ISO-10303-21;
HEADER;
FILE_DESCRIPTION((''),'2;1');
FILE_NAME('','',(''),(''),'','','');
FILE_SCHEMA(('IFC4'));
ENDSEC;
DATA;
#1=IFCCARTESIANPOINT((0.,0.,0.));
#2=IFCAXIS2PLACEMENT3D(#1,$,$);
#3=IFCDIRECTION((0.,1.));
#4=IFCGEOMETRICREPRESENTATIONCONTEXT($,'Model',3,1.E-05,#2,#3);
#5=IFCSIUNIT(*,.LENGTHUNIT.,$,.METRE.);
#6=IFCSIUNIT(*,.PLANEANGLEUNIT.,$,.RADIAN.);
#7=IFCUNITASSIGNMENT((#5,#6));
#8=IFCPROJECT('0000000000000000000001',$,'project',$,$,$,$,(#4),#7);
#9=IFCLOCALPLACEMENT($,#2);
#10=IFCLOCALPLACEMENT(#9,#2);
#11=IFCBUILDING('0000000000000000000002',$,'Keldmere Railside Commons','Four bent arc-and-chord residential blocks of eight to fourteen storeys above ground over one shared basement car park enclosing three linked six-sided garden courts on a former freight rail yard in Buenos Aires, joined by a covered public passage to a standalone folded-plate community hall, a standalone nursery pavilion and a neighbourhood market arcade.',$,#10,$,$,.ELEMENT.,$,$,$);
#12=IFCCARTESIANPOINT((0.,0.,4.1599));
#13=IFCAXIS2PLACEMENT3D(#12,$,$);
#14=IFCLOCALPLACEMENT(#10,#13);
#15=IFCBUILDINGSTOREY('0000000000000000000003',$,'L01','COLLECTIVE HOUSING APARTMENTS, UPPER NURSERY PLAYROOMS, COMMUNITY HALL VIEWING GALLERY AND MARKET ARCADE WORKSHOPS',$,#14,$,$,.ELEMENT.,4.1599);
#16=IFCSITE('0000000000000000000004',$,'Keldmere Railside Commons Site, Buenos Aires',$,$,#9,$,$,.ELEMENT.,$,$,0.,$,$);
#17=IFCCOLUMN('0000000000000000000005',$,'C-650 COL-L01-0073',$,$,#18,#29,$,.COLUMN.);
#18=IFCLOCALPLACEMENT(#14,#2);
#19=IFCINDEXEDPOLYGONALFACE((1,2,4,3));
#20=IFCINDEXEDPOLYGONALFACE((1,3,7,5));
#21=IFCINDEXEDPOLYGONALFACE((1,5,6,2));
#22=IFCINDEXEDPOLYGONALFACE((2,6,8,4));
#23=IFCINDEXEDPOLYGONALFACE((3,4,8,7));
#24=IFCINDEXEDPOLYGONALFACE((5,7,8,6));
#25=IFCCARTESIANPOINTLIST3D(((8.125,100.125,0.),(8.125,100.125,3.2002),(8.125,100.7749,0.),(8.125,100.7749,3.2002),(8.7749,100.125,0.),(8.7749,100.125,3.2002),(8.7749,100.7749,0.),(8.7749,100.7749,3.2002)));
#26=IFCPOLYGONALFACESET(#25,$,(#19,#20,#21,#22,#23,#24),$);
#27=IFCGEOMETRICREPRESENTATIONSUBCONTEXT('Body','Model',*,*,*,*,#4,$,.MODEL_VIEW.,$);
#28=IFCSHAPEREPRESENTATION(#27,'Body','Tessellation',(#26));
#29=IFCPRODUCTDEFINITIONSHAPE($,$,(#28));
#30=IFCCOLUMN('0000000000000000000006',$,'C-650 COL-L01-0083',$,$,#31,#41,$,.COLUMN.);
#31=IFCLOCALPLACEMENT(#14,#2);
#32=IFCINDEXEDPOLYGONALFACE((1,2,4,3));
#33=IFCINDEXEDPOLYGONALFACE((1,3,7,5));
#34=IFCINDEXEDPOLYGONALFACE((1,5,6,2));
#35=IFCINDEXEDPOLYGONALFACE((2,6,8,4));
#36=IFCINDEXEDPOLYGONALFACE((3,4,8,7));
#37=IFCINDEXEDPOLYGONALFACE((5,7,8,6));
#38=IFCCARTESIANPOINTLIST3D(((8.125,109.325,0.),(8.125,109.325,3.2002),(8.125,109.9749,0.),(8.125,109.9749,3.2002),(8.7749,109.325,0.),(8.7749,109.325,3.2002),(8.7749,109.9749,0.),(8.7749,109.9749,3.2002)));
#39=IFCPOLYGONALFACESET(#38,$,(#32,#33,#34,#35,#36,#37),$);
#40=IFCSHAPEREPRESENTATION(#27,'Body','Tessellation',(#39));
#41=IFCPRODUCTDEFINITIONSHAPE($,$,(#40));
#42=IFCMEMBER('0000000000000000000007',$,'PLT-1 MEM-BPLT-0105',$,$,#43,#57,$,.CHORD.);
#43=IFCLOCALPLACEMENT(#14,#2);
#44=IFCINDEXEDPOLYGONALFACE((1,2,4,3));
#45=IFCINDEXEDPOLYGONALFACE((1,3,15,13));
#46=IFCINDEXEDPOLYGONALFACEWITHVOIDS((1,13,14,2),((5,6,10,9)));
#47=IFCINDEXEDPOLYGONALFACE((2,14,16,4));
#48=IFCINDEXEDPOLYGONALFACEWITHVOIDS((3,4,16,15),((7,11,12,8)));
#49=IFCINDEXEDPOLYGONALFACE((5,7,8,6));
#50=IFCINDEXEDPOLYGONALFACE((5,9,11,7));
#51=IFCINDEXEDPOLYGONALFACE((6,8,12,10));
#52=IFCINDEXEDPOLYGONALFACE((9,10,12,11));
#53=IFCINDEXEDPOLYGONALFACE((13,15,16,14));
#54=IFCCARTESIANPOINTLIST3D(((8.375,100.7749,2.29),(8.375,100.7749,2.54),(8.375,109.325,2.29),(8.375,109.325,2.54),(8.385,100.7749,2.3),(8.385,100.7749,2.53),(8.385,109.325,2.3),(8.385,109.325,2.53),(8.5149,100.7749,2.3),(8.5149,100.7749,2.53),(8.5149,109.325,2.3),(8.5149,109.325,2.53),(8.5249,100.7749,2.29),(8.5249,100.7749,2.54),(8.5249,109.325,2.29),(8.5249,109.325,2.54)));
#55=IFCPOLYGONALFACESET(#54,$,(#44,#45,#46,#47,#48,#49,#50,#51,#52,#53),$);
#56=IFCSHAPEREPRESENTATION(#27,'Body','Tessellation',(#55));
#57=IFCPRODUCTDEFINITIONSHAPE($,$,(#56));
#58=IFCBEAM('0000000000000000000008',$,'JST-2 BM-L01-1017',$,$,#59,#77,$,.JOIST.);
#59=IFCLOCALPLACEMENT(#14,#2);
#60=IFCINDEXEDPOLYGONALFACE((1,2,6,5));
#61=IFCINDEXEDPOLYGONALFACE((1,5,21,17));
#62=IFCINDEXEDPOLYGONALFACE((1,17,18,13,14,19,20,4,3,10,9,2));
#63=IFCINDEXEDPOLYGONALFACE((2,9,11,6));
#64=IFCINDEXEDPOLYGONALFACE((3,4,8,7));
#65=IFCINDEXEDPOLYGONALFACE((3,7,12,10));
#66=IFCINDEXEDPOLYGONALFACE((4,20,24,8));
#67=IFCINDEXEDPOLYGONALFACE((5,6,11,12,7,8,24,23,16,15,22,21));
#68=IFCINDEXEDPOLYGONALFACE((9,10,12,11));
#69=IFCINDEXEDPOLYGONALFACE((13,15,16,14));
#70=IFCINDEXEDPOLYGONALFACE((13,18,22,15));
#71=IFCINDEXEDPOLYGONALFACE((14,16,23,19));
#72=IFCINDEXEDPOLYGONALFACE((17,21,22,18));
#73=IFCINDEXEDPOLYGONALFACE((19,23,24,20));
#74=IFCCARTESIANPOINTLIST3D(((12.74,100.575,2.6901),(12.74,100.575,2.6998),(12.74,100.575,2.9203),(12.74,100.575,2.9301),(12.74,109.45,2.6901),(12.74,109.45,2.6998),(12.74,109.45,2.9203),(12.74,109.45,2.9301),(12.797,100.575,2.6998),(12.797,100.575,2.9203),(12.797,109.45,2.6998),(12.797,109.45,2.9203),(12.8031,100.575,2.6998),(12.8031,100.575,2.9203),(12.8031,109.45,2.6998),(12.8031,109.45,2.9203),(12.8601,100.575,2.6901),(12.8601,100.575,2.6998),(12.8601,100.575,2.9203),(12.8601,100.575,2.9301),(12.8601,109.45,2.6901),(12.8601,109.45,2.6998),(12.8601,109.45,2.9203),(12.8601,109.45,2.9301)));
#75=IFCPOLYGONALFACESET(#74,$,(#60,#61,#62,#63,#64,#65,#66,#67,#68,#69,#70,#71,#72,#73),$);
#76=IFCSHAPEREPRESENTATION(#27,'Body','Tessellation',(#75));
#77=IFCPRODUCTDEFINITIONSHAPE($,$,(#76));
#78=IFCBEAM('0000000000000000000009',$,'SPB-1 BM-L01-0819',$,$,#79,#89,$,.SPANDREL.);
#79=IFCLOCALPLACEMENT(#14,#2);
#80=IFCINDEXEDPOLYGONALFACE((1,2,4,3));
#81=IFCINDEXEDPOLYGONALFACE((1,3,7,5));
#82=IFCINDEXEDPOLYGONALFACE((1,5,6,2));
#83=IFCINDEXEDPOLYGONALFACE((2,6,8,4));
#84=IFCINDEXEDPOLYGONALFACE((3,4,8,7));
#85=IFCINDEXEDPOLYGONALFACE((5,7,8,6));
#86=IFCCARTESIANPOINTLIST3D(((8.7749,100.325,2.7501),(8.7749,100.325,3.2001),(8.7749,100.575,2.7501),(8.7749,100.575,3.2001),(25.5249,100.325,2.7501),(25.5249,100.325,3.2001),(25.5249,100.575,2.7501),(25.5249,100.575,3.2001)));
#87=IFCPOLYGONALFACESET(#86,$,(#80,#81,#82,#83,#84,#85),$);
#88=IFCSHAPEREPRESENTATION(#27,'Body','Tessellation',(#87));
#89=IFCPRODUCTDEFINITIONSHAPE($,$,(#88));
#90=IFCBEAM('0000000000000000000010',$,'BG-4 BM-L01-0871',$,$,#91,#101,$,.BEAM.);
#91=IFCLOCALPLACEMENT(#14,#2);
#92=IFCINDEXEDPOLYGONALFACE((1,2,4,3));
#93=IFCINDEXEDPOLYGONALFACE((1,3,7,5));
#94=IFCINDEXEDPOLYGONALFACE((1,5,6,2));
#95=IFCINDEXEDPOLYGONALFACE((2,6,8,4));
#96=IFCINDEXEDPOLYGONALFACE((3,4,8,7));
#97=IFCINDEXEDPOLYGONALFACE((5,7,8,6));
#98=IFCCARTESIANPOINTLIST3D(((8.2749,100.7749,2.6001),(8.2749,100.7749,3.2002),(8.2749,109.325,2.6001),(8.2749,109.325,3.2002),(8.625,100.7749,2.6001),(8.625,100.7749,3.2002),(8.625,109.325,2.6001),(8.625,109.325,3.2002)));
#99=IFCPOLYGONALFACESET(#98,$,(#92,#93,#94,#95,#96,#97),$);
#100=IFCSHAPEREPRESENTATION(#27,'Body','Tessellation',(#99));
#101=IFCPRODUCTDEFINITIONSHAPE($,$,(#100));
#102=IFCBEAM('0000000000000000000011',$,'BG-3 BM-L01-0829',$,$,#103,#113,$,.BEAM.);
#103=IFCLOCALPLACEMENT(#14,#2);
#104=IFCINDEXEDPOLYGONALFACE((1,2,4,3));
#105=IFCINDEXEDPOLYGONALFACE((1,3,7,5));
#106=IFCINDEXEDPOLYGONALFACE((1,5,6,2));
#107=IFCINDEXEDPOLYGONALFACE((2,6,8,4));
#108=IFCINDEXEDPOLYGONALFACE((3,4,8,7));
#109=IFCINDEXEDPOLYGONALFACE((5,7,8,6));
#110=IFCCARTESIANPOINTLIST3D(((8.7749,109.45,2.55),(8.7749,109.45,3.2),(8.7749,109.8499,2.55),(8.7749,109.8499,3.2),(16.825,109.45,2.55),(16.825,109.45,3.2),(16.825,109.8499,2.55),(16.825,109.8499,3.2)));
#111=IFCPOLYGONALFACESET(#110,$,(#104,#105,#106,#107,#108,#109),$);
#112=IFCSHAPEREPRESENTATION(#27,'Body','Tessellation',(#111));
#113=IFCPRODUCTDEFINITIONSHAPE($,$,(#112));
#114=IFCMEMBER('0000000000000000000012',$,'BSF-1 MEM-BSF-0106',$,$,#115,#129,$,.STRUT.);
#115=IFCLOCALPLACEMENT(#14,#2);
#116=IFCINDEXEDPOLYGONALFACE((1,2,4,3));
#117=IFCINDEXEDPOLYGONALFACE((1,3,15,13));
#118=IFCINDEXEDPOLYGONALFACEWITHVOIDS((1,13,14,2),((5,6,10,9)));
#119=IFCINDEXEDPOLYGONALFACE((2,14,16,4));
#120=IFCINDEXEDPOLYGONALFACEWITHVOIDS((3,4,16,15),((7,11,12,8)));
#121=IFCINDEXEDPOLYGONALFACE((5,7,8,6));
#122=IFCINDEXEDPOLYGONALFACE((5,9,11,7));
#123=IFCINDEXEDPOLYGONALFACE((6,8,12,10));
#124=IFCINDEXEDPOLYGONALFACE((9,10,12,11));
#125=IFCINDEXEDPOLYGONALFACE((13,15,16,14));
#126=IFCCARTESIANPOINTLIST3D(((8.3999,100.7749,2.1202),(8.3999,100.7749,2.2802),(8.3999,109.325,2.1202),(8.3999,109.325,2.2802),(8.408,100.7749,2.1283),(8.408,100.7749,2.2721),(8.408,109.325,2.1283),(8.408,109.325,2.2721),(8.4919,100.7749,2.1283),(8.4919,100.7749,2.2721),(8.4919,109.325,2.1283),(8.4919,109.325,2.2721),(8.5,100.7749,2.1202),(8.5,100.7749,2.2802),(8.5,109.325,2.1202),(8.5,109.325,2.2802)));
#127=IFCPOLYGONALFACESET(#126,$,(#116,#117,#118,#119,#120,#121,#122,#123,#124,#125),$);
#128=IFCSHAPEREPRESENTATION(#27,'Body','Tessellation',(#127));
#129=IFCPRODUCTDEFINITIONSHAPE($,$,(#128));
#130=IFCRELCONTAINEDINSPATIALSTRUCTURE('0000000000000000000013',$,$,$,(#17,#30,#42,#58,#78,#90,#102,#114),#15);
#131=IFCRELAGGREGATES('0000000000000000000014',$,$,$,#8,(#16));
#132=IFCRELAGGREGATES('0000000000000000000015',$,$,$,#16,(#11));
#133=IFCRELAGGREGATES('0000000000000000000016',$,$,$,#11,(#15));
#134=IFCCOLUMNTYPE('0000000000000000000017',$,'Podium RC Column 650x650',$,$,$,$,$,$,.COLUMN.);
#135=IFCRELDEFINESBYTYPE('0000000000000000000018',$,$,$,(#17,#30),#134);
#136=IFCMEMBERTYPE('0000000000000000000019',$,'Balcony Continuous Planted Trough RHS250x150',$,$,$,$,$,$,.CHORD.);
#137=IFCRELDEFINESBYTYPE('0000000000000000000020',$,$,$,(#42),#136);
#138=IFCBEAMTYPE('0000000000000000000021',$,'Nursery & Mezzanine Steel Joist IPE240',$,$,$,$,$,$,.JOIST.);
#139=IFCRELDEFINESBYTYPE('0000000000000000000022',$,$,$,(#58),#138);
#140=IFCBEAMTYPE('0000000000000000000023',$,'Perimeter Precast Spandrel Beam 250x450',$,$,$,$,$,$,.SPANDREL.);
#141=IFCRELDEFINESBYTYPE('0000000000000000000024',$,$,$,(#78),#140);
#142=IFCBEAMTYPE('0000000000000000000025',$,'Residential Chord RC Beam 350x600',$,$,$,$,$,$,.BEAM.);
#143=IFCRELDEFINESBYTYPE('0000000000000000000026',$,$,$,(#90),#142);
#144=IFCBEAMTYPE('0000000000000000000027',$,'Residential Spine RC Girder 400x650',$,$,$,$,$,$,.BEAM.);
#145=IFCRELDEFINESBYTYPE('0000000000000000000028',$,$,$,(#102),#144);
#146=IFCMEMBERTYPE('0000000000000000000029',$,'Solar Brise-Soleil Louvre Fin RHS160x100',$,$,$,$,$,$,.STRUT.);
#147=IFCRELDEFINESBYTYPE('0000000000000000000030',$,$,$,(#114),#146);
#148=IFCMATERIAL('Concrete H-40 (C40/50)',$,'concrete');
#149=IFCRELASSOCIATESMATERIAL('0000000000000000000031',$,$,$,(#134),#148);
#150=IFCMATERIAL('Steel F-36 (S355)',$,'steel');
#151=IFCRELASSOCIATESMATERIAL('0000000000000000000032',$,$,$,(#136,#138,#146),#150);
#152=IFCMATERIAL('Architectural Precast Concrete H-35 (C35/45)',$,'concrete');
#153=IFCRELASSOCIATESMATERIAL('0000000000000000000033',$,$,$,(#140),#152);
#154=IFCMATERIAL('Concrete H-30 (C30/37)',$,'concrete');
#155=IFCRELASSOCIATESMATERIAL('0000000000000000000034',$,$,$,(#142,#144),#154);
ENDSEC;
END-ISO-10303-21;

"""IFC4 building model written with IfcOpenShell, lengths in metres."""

from ifc_helpers import new_model, si_unit, direction, frame, origin, origin_2d, place, context, subcontext, project, spatial, rectangle, hollow_rectangle, i_section, extrude, material, material_profile, profile_set, type_object, element, save


model = new_model("IFC4")

# Units and contexts
model_context = context("Model", 3, precision=1e-05, world=origin(), true_north=direction((0.0, 1.0)))
body_context = subcontext(model_context, "Body", "Model", "MODEL_VIEW")
ifc_project = project(units=[si_unit("LENGTHUNIT", "METRE"), si_unit("PLANEANGLEUNIT", "RADIAN")], contexts=[model_context])

# Site, building, storey
site_placement = place(None, origin())
site = spatial("IfcSite", under=ifc_project, at=site_placement, Name="Keldmere Railside Commons Site, Buenos Aires", CompositionType="ELEMENT", RefElevation=0.0)
building_placement = place(site_placement, origin())
building = spatial("IfcBuilding", under=site, at=building_placement, Name="Keldmere Railside Commons", Description="Four bent arc-and-chord residential blocks of eight to fourteen storeys above ground over one shared basement car park enclosing three linked six-sided garden courts on a former freight rail yard in Buenos Aires, joined by a covered public passage to a standalone folded-plate community hall, a standalone nursery pavilion and a neighbourhood market arcade.", CompositionType="ELEMENT")
storey_placement = place(building_placement, frame((0.0, 0.0, 4.1599)))
storey = spatial("IfcBuildingStorey", under=building, at=storey_placement, Name="L01", Description="COLLECTIVE HOUSING APARTMENTS, UPPER NURSERY PLAYROOMS, COMMUNITY HALL VIEWING GALLERY AND MARKET ARCADE WORKSHOPS", CompositionType="ELEMENT", Elevation=4.1599)

# Columns
ifc_material_1 = material(Name="Concrete H-40 (C40/50)", Category="concrete")
ifc_material_profile_1 = material_profile(ifc_material_1, rectangle(XDim=0.6499, YDim=0.6499, at=origin_2d()), Name="RC-650x650")
ifc_profile_set_1 = profile_set([ifc_material_profile_1], Name="Concrete H-40 (C40/50)")
column_type = type_object("IfcColumnType", Name="Podium RC Column 650x650", PredefinedType="COLUMN", material=ifc_profile_set_1)
for number, where, z_axis, x_axis, name in (
    (1, (8.45, 100.45, 0.0), (0.0, 0.0, 1.0), (1.0, 0.0, 0.0), "C-650 COL-L01-0073"),
    (2, (8.45, 109.6499, 0.0), (0.0, 0.0, 1.0), (1.0, 0.0, 0.0), "C-650 COL-L01-0083"),
):
    element("IfcColumn", number, at=place(storey_placement, frame(where, z_axis=z_axis, x_axis=x_axis)), inside=storey, type_object=column_type, Name=name, PredefinedType="COLUMN", context=body_context, shape_type="SweptSolid", body=[
        extrude(rectangle(XDim=0.6499, YDim=0.6499, at=origin_2d()), origin(), (0.0, 0.0, 1.0), 3.2002),
    ])

# Member
ifc_material_2 = material(Name="Steel F-36 (S355)", Category="steel")
ifc_material_profile_2 = material_profile(ifc_material_2, hollow_rectangle(XDim=0.1499, YDim=0.25, WallThickness=0.01, at=origin_2d()), Name="RHS-250x150x10")
ifc_profile_set_2 = profile_set([ifc_material_profile_2], Name="Steel F-36 (S355)")
member_type_1 = type_object("IfcMemberType", Name="Balcony Continuous Planted Trough RHS250x150", PredefinedType="CHORD", material=ifc_profile_set_2)
member_1_placement = place(storey_placement, frame((8.45, 100.7749, 2.415), z_axis=(0.0, 1.0, 0.0), x_axis=(-1.0, 0.0, 0.0)))
element("IfcMember", 3, at=member_1_placement, inside=storey, type_object=member_type_1, Name="PLT-1 MEM-BPLT-0105", PredefinedType="CHORD", context=body_context, shape_type="SweptSolid", body=[
    extrude(hollow_rectangle(XDim=0.1499, YDim=0.25, WallThickness=0.01, at=origin_2d()), origin(), (0.0, 0.0, 1.0), 8.55),
])

# Beams
ifc_material_profile_3 = material_profile(ifc_material_2, i_section(OverallWidth=0.1201, OverallDepth=0.24, WebThickness=0.0061, FlangeThickness=0.0098, at=origin_2d()), Name="IPE-240")
ifc_profile_set_3 = profile_set([ifc_material_profile_3], Name="Steel F-36 (S355)")
beam_type_1 = type_object("IfcBeamType", Name="Nursery & Mezzanine Steel Joist IPE240", PredefinedType="JOIST", material=ifc_profile_set_3)
beam_1_placement = place(storey_placement, frame((12.8, 100.575, 2.8101), z_axis=(0.0, 1.0, 0.0), x_axis=(-1.0, 0.0, 0.0)))
element("IfcBeam", 4, at=beam_1_placement, inside=storey, type_object=beam_type_1, Name="JST-2 BM-L01-1017", PredefinedType="JOIST", context=body_context, shape_type="SweptSolid", body=[
    extrude(i_section(OverallWidth=0.1201, OverallDepth=0.24, WebThickness=0.0061, FlangeThickness=0.0098, at=origin_2d()), origin(), (0.0, 0.0, 1.0), 8.875),
])
ifc_material_3 = material(Name="Architectural Precast Concrete H-35 (C35/45)", Category="concrete")
ifc_material_profile_4 = material_profile(ifc_material_3, rectangle(XDim=0.25, YDim=0.45, at=origin_2d()), Name="RC-250x450")
ifc_profile_set_4 = profile_set([ifc_material_profile_4], Name="Architectural Precast Concrete H-35 (C35/45)")
beam_type_2 = type_object("IfcBeamType", Name="Perimeter Precast Spandrel Beam 250x450", PredefinedType="SPANDREL", material=ifc_profile_set_4)
beam_2_placement = place(storey_placement, frame((8.7749, 100.45, 2.9751), z_axis=(1.0, 0.0, 0.0), x_axis=(0.0, 1.0, 0.0)))
element("IfcBeam", 5, at=beam_2_placement, inside=storey, type_object=beam_type_2, Name="SPB-1 BM-L01-0819", PredefinedType="SPANDREL", context=body_context, shape_type="SweptSolid", body=[
    extrude(rectangle(XDim=0.25, YDim=0.45, at=origin_2d()), origin(), (0.0, 0.0, 1.0), 16.75),
])
ifc_material_4 = material(Name="Concrete H-30 (C30/37)", Category="concrete")
ifc_material_profile_5 = material_profile(ifc_material_4, rectangle(XDim=0.3501, YDim=0.6001, at=origin_2d()), Name="RC-350x600")
ifc_profile_set_5 = profile_set([ifc_material_profile_5], Name="Concrete H-30 (C30/37)")
beam_type_3 = type_object("IfcBeamType", Name="Residential Chord RC Beam 350x600", PredefinedType="BEAM", material=ifc_profile_set_5)
beam_3_placement = place(storey_placement, frame((8.45, 100.7749, 2.9001), z_axis=(0.0, 1.0, 0.0), x_axis=(-1.0, 0.0, 0.0)))
element("IfcBeam", 6, at=beam_3_placement, inside=storey, type_object=beam_type_3, Name="BG-4 BM-L01-0871", PredefinedType="BEAM", context=body_context, shape_type="SweptSolid", body=[
    extrude(rectangle(XDim=0.3501, YDim=0.6001, at=origin_2d()), origin(), (0.0, 0.0, 1.0), 8.55),
])
ifc_material_profile_6 = material_profile(ifc_material_4, rectangle(XDim=0.3999, YDim=0.6499, at=origin_2d()), Name="RC-400x650")
ifc_profile_set_6 = profile_set([ifc_material_profile_6], Name="Concrete H-30 (C30/37)")
beam_type_4 = type_object("IfcBeamType", Name="Residential Spine RC Girder 400x650", PredefinedType="BEAM", material=ifc_profile_set_6)
beam_4_placement = place(storey_placement, frame((8.7749, 109.6499, 2.875), z_axis=(1.0, 0.0, 0.0), x_axis=(0.0, 1.0, 0.0)))
element("IfcBeam", 7, at=beam_4_placement, inside=storey, type_object=beam_type_4, Name="BG-3 BM-L01-0829", PredefinedType="BEAM", context=body_context, shape_type="SweptSolid", body=[
    extrude(rectangle(XDim=0.3999, YDim=0.6499, at=origin_2d()), origin(), (0.0, 0.0, 1.0), 8.05),
])

# Member
ifc_material_profile_7 = material_profile(ifc_material_2, hollow_rectangle(XDim=0.1001, YDim=0.1599, WallThickness=0.0081, at=origin_2d()), Name="RHS-160x100x8")
ifc_profile_set_7 = profile_set([ifc_material_profile_7], Name="Steel F-36 (S355)")
member_type_2 = type_object("IfcMemberType", Name="Solar Brise-Soleil Louvre Fin RHS160x100", PredefinedType="STRUT", material=ifc_profile_set_7)
member_2_placement = place(storey_placement, frame((8.45, 100.7749, 2.2002), z_axis=(0.0, 1.0, 0.0), x_axis=(-1.0, 0.0, 0.0)))
element("IfcMember", 8, at=member_2_placement, inside=storey, type_object=member_type_2, Name="BSF-1 MEM-BSF-0106", PredefinedType="STRUT", context=body_context, shape_type="SweptSolid", body=[
    extrude(hollow_rectangle(XDim=0.1001, YDim=0.1599, WallThickness=0.0081, at=origin_2d()), origin(), (0.0, 0.0, 1.0), 8.55),
])

save(model, "model.ifc")
